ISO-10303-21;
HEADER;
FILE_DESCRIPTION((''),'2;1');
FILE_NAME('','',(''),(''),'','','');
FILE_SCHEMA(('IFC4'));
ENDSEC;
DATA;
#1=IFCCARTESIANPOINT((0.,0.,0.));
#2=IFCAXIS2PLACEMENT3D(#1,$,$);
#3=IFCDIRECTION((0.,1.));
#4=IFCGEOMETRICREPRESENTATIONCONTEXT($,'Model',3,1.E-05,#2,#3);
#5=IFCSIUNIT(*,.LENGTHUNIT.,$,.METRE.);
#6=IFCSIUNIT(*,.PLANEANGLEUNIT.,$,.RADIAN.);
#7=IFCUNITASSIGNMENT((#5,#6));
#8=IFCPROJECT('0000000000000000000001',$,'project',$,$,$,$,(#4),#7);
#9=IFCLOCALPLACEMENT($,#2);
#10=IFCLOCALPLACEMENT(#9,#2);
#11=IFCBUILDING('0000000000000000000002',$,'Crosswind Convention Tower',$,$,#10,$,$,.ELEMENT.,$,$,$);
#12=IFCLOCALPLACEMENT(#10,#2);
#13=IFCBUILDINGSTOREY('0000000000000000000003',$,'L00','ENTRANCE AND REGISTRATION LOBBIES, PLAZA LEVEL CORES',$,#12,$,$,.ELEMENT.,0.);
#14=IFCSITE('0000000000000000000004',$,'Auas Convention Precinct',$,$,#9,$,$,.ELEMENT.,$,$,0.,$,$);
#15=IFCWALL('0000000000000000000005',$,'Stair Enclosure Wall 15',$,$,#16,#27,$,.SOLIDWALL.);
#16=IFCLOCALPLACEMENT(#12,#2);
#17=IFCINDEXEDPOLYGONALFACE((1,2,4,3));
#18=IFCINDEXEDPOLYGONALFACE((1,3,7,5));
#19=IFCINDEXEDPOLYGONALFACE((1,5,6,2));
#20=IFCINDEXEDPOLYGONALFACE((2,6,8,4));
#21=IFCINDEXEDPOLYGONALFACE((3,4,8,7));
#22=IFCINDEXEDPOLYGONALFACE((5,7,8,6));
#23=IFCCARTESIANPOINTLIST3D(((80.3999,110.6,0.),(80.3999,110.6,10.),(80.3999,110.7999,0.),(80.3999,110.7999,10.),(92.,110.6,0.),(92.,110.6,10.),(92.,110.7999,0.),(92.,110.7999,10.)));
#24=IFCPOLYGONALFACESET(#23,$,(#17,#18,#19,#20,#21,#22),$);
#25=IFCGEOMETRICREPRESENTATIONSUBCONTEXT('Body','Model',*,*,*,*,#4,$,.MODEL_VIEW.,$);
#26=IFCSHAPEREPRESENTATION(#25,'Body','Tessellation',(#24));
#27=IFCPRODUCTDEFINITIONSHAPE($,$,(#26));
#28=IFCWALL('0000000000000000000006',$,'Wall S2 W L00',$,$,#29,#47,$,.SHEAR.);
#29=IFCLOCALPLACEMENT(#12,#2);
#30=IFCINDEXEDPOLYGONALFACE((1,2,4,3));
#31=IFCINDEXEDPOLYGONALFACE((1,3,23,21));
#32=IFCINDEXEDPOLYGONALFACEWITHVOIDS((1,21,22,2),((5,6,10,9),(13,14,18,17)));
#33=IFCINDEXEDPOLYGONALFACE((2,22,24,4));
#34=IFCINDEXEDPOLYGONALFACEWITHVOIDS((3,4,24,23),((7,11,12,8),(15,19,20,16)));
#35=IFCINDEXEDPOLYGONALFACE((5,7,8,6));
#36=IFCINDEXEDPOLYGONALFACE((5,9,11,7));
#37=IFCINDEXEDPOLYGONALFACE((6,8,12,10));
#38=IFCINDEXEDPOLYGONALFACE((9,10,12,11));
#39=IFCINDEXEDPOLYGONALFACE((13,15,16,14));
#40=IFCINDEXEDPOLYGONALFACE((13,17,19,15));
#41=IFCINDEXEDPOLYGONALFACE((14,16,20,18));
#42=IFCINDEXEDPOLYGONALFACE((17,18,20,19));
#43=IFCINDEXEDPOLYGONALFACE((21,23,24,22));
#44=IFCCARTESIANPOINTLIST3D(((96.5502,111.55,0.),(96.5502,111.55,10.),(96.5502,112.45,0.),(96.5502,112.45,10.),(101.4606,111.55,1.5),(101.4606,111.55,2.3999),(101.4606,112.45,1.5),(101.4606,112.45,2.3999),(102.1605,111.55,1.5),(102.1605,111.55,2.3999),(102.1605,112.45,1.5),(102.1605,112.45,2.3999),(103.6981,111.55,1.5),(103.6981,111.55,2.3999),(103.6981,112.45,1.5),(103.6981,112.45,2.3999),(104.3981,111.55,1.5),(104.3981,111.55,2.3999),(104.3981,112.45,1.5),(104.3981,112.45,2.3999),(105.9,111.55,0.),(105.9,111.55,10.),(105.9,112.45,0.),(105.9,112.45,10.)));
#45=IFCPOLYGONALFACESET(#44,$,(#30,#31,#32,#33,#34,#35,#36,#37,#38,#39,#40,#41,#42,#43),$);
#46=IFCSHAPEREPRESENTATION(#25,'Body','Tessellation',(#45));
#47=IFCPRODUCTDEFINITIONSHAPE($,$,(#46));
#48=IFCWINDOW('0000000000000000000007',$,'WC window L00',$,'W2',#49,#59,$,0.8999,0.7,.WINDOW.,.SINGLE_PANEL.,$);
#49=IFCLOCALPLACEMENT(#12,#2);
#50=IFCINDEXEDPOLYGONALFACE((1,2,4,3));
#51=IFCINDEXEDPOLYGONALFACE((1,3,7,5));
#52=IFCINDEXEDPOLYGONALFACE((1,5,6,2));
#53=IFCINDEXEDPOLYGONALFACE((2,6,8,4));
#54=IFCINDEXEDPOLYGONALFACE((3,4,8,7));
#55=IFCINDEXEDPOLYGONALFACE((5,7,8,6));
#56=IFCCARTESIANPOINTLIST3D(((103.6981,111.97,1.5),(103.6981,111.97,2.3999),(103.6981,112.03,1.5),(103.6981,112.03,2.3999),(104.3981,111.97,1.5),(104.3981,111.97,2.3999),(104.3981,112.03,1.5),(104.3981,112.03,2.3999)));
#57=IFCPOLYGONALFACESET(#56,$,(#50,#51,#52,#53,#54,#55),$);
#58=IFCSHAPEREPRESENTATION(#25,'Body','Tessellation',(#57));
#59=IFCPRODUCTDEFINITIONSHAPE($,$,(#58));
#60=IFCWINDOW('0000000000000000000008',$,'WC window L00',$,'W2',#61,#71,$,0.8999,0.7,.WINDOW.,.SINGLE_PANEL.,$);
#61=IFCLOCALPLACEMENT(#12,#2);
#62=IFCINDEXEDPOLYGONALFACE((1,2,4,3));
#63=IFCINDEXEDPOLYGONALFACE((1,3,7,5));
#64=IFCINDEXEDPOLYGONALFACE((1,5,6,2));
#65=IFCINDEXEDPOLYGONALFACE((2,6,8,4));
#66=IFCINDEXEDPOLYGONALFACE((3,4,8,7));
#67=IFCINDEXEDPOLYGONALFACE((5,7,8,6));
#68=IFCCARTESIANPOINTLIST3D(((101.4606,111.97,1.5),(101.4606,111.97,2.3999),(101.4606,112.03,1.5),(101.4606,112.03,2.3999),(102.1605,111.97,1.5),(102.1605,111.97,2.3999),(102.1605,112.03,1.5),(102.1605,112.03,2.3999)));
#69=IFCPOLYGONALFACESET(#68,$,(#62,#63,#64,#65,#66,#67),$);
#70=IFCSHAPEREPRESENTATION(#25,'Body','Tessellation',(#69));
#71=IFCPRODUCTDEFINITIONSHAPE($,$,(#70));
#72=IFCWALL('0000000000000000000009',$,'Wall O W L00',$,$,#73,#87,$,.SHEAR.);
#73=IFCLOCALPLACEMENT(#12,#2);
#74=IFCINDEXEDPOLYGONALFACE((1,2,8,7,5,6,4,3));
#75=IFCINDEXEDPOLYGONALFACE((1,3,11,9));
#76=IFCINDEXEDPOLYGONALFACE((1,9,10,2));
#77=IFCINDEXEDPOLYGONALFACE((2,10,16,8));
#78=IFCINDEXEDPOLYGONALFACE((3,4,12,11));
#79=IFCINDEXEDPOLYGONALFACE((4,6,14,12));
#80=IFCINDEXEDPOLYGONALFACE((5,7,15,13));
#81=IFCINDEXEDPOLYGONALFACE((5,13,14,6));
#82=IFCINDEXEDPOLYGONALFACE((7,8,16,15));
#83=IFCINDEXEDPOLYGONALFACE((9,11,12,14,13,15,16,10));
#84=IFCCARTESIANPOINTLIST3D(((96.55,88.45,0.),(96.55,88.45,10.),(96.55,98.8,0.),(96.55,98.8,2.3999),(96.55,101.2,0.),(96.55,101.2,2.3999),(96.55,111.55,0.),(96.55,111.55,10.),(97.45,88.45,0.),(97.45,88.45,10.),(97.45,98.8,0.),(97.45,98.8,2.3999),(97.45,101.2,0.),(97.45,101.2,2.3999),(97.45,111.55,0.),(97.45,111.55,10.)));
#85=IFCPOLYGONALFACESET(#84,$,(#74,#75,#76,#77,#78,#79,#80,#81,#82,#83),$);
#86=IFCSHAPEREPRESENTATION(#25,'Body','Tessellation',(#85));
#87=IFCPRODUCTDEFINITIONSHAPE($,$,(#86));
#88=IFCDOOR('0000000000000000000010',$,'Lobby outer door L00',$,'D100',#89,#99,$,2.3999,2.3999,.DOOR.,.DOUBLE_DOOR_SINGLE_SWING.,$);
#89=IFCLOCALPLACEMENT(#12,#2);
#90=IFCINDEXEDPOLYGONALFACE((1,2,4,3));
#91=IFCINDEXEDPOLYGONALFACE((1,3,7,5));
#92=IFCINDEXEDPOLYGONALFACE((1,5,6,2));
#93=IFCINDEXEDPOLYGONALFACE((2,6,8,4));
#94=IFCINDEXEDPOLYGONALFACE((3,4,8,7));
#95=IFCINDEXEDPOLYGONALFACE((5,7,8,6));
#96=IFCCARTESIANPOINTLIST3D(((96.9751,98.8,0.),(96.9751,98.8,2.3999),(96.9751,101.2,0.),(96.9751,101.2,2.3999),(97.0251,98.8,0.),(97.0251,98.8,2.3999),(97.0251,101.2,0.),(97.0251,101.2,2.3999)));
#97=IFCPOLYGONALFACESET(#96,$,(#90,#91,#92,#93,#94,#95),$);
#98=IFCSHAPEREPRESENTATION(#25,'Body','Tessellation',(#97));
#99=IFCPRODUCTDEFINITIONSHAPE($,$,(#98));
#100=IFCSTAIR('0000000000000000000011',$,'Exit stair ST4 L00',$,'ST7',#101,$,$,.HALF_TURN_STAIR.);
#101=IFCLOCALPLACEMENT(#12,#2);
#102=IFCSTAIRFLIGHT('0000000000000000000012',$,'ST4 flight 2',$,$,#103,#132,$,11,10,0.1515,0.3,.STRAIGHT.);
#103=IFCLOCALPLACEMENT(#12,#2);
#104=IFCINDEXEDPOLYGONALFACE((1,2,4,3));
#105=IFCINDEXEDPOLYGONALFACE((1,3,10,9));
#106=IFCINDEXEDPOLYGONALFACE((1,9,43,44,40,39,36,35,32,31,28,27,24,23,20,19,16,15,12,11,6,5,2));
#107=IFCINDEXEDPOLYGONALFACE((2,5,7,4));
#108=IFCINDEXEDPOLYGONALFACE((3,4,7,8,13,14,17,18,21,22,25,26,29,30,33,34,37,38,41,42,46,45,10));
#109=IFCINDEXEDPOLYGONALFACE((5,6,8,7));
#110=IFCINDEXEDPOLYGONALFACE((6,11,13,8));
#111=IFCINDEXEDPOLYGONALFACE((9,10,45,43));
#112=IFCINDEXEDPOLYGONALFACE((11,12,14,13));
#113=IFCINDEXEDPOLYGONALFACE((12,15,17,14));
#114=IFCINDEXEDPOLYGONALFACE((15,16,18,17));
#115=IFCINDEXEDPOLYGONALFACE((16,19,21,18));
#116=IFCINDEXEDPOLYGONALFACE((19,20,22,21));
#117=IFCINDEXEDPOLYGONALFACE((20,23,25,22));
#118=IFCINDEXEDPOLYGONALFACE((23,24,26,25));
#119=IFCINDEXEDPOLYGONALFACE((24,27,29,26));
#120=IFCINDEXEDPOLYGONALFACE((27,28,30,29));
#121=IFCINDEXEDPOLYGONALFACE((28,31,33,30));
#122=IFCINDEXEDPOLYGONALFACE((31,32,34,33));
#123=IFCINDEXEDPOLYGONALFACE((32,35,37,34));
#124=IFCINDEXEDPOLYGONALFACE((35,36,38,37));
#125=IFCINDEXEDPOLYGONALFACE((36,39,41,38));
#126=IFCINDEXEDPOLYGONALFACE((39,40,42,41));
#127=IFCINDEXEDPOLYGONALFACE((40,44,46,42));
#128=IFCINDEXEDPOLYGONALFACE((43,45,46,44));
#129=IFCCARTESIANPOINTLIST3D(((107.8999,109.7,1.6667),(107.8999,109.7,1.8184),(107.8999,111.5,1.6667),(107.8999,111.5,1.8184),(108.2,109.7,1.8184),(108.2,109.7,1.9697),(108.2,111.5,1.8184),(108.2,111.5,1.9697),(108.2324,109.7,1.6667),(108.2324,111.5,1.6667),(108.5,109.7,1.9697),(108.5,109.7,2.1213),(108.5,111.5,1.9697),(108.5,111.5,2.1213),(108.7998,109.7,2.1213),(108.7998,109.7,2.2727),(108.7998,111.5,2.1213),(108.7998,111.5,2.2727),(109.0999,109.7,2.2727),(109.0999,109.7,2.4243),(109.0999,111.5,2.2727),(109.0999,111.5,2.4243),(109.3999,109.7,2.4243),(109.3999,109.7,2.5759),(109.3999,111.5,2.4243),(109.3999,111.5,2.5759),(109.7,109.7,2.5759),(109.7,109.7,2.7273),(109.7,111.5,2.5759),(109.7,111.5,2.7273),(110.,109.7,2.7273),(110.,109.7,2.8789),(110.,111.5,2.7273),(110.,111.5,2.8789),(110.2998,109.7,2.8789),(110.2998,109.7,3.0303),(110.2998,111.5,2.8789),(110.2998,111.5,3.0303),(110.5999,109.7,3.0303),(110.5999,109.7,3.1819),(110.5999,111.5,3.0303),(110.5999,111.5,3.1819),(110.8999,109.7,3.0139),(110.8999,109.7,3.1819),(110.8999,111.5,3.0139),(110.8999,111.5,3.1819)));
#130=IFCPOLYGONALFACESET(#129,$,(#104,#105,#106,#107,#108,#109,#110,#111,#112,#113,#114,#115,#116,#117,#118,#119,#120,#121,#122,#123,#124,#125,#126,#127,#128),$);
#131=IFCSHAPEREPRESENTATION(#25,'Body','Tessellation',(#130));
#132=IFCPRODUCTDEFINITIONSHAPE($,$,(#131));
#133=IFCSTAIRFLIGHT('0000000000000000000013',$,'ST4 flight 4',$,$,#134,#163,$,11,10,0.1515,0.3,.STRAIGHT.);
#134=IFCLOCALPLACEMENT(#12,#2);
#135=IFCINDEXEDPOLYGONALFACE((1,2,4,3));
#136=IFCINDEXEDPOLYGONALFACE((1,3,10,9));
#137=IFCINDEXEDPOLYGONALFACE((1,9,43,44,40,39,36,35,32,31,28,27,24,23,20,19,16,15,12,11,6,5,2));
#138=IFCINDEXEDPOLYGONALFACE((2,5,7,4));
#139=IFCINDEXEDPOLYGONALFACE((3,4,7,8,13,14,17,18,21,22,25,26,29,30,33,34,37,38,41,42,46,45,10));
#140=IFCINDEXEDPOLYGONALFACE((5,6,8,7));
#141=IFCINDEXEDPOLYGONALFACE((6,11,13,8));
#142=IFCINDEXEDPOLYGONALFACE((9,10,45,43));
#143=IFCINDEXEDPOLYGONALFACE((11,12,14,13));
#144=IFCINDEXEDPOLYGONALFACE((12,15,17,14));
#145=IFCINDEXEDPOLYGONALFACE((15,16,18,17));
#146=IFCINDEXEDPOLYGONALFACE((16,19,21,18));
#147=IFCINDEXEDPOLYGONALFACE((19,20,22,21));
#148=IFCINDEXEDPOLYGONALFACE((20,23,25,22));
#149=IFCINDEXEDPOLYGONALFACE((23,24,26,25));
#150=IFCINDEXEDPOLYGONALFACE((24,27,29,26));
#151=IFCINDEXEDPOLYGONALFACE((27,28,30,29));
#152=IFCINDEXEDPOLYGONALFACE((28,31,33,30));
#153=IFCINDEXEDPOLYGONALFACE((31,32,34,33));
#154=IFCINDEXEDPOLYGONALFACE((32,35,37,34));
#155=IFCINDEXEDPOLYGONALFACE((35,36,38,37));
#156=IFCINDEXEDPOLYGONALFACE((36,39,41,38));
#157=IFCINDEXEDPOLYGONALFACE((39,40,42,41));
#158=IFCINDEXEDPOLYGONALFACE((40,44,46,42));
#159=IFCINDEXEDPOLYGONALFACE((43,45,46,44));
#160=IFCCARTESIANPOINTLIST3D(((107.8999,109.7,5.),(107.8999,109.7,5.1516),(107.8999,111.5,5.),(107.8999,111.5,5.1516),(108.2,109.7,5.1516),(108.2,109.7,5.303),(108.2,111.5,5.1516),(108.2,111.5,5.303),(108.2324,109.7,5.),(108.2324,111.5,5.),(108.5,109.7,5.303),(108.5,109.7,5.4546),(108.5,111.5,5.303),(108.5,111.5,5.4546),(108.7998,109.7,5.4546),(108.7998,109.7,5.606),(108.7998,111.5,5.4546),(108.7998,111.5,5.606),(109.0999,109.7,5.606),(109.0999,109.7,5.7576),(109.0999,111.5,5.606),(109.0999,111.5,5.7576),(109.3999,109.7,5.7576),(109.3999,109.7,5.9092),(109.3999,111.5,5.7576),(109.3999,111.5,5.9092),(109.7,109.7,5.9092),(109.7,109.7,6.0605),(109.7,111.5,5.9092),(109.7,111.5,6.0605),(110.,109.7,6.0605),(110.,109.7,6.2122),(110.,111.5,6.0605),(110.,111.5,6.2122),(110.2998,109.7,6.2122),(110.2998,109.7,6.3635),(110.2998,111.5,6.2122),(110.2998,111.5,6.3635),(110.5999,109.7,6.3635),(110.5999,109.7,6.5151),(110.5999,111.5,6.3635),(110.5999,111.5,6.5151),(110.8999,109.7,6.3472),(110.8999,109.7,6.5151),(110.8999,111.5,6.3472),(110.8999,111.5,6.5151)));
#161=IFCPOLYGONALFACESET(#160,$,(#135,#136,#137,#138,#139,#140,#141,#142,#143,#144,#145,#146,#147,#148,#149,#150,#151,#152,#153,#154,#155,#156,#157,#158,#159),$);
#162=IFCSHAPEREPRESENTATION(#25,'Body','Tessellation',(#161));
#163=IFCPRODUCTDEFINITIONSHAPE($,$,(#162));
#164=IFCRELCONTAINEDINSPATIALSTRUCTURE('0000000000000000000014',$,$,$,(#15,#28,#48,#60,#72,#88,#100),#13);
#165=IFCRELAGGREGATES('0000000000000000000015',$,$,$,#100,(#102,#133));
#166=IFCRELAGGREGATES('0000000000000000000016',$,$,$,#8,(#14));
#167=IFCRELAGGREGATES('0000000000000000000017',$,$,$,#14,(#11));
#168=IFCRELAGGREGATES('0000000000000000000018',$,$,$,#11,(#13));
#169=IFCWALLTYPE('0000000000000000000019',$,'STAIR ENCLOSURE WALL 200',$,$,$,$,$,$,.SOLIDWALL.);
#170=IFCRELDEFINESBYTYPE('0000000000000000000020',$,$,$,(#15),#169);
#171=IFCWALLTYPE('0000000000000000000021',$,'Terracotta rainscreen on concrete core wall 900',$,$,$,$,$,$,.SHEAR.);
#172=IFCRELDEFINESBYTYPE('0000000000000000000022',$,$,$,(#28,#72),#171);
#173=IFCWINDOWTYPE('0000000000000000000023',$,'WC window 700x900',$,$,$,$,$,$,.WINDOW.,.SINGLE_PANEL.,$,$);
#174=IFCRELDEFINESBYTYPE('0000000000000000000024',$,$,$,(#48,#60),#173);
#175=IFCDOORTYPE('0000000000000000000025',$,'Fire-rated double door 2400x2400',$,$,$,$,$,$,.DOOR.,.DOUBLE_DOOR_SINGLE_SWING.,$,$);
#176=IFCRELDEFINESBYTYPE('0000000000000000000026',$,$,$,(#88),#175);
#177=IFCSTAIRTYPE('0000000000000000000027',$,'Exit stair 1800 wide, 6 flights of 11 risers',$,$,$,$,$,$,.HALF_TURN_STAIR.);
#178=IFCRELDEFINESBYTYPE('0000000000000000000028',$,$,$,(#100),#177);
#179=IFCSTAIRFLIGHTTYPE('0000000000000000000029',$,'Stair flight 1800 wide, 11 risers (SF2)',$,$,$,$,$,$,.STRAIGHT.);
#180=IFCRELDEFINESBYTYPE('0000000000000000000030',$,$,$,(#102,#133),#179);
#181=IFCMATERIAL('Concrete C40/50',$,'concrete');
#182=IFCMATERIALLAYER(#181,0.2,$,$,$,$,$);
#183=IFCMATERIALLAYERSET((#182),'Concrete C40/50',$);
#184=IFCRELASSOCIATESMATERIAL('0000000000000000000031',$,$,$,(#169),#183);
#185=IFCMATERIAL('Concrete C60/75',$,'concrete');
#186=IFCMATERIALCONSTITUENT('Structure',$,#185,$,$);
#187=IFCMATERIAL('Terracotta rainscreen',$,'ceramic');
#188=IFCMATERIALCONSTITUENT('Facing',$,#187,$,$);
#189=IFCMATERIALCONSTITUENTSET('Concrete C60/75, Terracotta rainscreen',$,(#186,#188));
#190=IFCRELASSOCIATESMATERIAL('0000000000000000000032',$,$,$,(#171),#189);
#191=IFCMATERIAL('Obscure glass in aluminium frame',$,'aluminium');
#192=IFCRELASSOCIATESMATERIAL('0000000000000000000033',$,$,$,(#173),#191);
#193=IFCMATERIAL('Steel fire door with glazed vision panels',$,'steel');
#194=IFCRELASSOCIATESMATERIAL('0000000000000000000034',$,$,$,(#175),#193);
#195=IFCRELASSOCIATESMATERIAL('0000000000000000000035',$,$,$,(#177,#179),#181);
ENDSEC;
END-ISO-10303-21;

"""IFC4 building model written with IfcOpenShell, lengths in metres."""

from ifc_helpers import new_model, si_unit, direction, frame, frame_2d, origin, place, context, subcontext, project, spatial, polyline, rectangle, outline, extrude, material, layer, layer_set, constituent, constituent_set, type_object, element, fill, aggregate, save


model = new_model("IFC4")

# Units and contexts
model_context = context("Model", 3, precision=1e-05, world=origin(), true_north=direction((0.0, 1.0)))
body_context = subcontext(model_context, "Body", "Model", "MODEL_VIEW")
ifc_project = project(units=[si_unit("LENGTHUNIT", "METRE"), si_unit("PLANEANGLEUNIT", "RADIAN")], contexts=[model_context])

# Site, building, storey
site_placement = place(None, origin())
site = spatial("IfcSite", under=ifc_project, at=site_placement, Name="Auas Convention Precinct", CompositionType="ELEMENT", RefElevation=0.0)
building_placement = place(site_placement, origin())
building = spatial("IfcBuilding", under=site, at=building_placement, Name="Crosswind Convention Tower", CompositionType="ELEMENT")
storey_placement = place(building_placement, origin())
storey = spatial("IfcBuildingStorey", under=building, at=storey_placement, Name="L00", Description="ENTRANCE AND REGISTRATION LOBBIES, PLAZA LEVEL CORES", CompositionType="ELEMENT", Elevation=0.0)

# Shared definitions
ifc_material_1 = material(Name="Concrete C40/50", Category="concrete")

# Shared definitions
ifc_material_2 = material(Name="Concrete C60/75", Category="concrete")

# Wall
ifc_layer_1 = layer(ifc_material_1, 0.2)
ifc_layer_set_1 = layer_set([ifc_layer_1], Name="Concrete C40/50")
wall_type_1 = type_object("IfcWallType", Name="STAIR ENCLOSURE WALL 200", PredefinedType="SOLIDWALL", material=ifc_layer_set_1)
wall_1_placement = place(storey_placement, frame((80.3999, 110.7, 0.0), z_axis=(0.0, 0.0, 1.0), x_axis=(1.0, 0.0, 0.0)))
element("IfcWall", 1, at=wall_1_placement, inside=storey, type_object=wall_type_1, Name="Stair Enclosure Wall 15", PredefinedType="SOLIDWALL", context=body_context, shape_type="SweptSolid", body=[
    extrude(rectangle(XDim=11.6001, YDim=0.2, at=frame_2d((5.8, 0.0))), origin(), (0.0, 0.0, 1.0), 10.0),
])

# Wall, openings, windows
ifc_constituent_1 = constituent(ifc_material_2, Name="Structure")
ifc_material_3 = material(Name="Terracotta rainscreen", Category="ceramic")
ifc_constituent_2 = constituent(ifc_material_3, Name="Facing")
ifc_constituent_set = constituent_set(constituents=[ifc_constituent_1, ifc_constituent_2], Name="Concrete C60/75, Terracotta rainscreen")
wall_type_2 = type_object("IfcWallType", Name="Terracotta rainscreen on concrete core wall 900", PredefinedType="SHEAR", material=ifc_constituent_set)
wall_2_placement = place(storey_placement, frame((105.8999, 112.0, 0.0), z_axis=(0.0, 0.0, 1.0), x_axis=(-1.0, 0.0, 0.0)))
wall_2 = element("IfcWall", 2, at=wall_2_placement, inside=storey, type_object=wall_type_2, Name="Wall S2 W L00", PredefinedType="SHEAR", context=body_context, shape_type="SweptSolid", body=[
    extrude(rectangle(XDim=9.3499, YDim=0.8999, at=frame_2d((4.6748, 0.0))), origin(), (0.0, 0.0, 1.0), 10.0),
])
opening_1_placement = place(wall_2_placement, frame((1.5017, 0.0, 1.5)))
opening_1 = element("IfcOpeningElement", 3, at=opening_1_placement, cuts=wall_2, PredefinedType="OPENING", context=body_context, shape_type="SweptSolid", body=[
    extrude(rectangle(XDim=0.7, YDim=0.8999, at=frame_2d((0.3501, 0.45))), frame((0.0, 0.46, 0.0), z_axis=(0.0, -1.0, 0.0), x_axis=(1.0, 0.0, 0.0)), (0.0, 0.0, 1.0), 0.9199),
])
opening_2_placement = place(wall_2_placement, frame((3.7393, 0.0, 1.5)))
opening_2 = element("IfcOpeningElement", 4, at=opening_2_placement, cuts=wall_2, PredefinedType="OPENING", context=body_context, shape_type="SweptSolid", body=[
    extrude(rectangle(XDim=0.7, YDim=0.8999, at=frame_2d((0.3501, 0.45))), frame((0.0, 0.46, 0.0), z_axis=(0.0, -1.0, 0.0), x_axis=(1.0, 0.0, 0.0)), (0.0, 0.0, 1.0), 0.9199),
])
ifc_material_4 = material(Name="Obscure glass in aluminium frame", Category="aluminium")
window_type = type_object("IfcWindowType", Name="WC window 700x900", PartitioningType="SINGLE_PANEL", PredefinedType="WINDOW", material=ifc_material_4)
window_1_placement = place(opening_1_placement, origin())
window_1 = element("IfcWindow", 5, at=window_1_placement, inside=storey, type_object=window_type, Name="WC window L00", ObjectType="W2", OverallHeight=0.8999, OverallWidth=0.7, PartitioningType="SINGLE_PANEL", PredefinedType="WINDOW", context=body_context, shape_type="SweptSolid", body=[
    extrude(rectangle(XDim=0.7, YDim=0.8999, at=frame_2d((0.3501, 0.45))), frame((0.0, 0.03, 0.0), z_axis=(0.0, -1.0, 0.0), x_axis=(1.0, 0.0, 0.0)), (0.0, 0.0, 1.0), 0.0601),
])
fill(opening_1, window_1)
window_2_placement = place(opening_2_placement, origin())
window_2 = element("IfcWindow", 6, at=window_2_placement, inside=storey, type_object=window_type, Name="WC window L00", ObjectType="W2", OverallHeight=0.8999, OverallWidth=0.7, PartitioningType="SINGLE_PANEL", PredefinedType="WINDOW", context=body_context, shape_type="SweptSolid", body=[
    extrude(rectangle(XDim=0.7, YDim=0.8999, at=frame_2d((0.3501, 0.45))), frame((0.0, 0.03, 0.0), z_axis=(0.0, -1.0, 0.0), x_axis=(1.0, 0.0, 0.0)), (0.0, 0.0, 1.0), 0.0601),
])
fill(opening_2, window_2)

# Wall, opening, door
wall_3_placement = place(storey_placement, frame((97.0, 111.55, 0.0), z_axis=(0.0, 0.0, 1.0), x_axis=(0.0, -1.0, 0.0)))
wall_3 = element("IfcWall", 7, at=wall_3_placement, inside=storey, type_object=wall_type_2, Name="Wall O W L00", PredefinedType="SHEAR", context=body_context, shape_type="SweptSolid", body=[
    extrude(rectangle(XDim=23.1001, YDim=0.8999, at=frame_2d((11.55, 0.0))), origin(), (0.0, 0.0, 1.0), 10.0),
])
opening_3_placement = place(wall_3_placement, frame((10.3501, 0.0, 0.0)))
opening_3 = element("IfcOpeningElement", 8, at=opening_3_placement, cuts=wall_3, PredefinedType="OPENING", context=body_context, shape_type="SweptSolid", body=[
    extrude(rectangle(XDim=2.3999, YDim=2.3999, at=frame_2d((1.2, 1.2))), frame((0.0, 0.46, 0.0), z_axis=(0.0, -1.0, 0.0), x_axis=(1.0, 0.0, 0.0)), (0.0, 0.0, 1.0), 0.9199),
])
ifc_material_5 = material(Name="Steel fire door with glazed vision panels", Category="steel")
door_type = type_object("IfcDoorType", Name="Fire-rated double door 2400x2400", OperationType="DOUBLE_DOOR_SINGLE_SWING", PredefinedType="DOOR", material=ifc_material_5)
door_placement = place(opening_3_placement, frame((2.3999, 0.0, 0.0), z_axis=(0.0, 0.0, 1.0), x_axis=(-1.0, 0.0, 0.0)))
door = element("IfcDoor", 9, at=door_placement, inside=storey, type_object=door_type, Name="Lobby outer door L00", ObjectType="D100", OperationType="DOUBLE_DOOR_SINGLE_SWING", OverallHeight=2.3999, OverallWidth=2.3999, PredefinedType="DOOR", context=body_context, shape_type="SweptSolid", body=[
    extrude(rectangle(XDim=2.3999, YDim=2.3999, at=frame_2d((1.2, 1.2))), frame((0.0, 0.0249, 0.0), z_axis=(0.0, -1.0, 0.0), x_axis=(1.0, 0.0, 0.0)), (0.0, 0.0, 1.0), 0.05),
])
fill(opening_3, door)

# Stair, stair flights
stair_type = type_object("IfcStairType", Name="Exit stair 1800 wide, 6 flights of 11 risers", PredefinedType="HALF_TURN_STAIR", material=ifc_material_1)
stair_placement = place(storey_placement, origin())
stair = element("IfcStair", 10, at=stair_placement, inside=storey, type_object=stair_type, Name="Exit stair ST4 L00", ObjectType="ST7", PredefinedType="HALF_TURN_STAIR")
stair_flight_type = type_object("IfcStairFlightType", Name="Stair flight 1800 wide, 11 risers (SF2)", PredefinedType="STRAIGHT", material=ifc_material_1)
stair_flight_1_placement = place(storey_placement, frame((107.8999, 110.6001, 1.6667), z_axis=(0.0, 0.0, 1.0), x_axis=(1.0, 0.0, 0.0)))
stair_flight_1 = element("IfcStairFlight", 11, at=stair_flight_1_placement, type_object=stair_flight_type, Name="ST4 flight 2", NumberOfRisers=11, NumberOfTreads=10, PredefinedType="STRAIGHT", RiserHeight=0.1515, TreadLength=0.3, context=body_context, shape_type="SweptSolid", body=[
    extrude(outline(polyline([(0.0, 0.0), (0.0, 0.1516), (0.3, 0.1516), (0.3, 0.303), (0.6001, 0.303), (0.6001, 0.4546), (0.8999, 0.4546), (0.8999, 0.606), (1.2, 0.606), (1.2, 0.7576), (1.5, 0.7576), (1.5, 0.9092), (1.8, 0.9092), (1.8, 1.0605), (2.1001, 1.0605), (2.1001, 1.2122), (2.3999, 1.2122), (2.3999, 1.3635), (2.7, 1.3635), (2.7, 1.5151), (3.0, 1.5151), (3.0, 1.6667), (3.0, 1.3472), (0.3325, 0.0), (0.0, 0.0)])), frame((0.0, 0.8999, 0.0), z_axis=(0.0, -1.0, 0.0), x_axis=(1.0, 0.0, 0.0)), (0.0, 0.0, 1.0), 1.8),
])
stair_flight_2_placement = place(storey_placement, frame((107.8999, 110.6001, 5.0), z_axis=(0.0, 0.0, 1.0), x_axis=(1.0, 0.0, 0.0)))
stair_flight_2 = element("IfcStairFlight", 12, at=stair_flight_2_placement, type_object=stair_flight_type, Name="ST4 flight 4", NumberOfRisers=11, NumberOfTreads=10, PredefinedType="STRAIGHT", RiserHeight=0.1515, TreadLength=0.3, context=body_context, shape_type="SweptSolid", body=[
    extrude(outline(polyline([(0.0, 0.0), (0.0, 0.1516), (0.3, 0.1516), (0.3, 0.303), (0.6001, 0.303), (0.6001, 0.4546), (0.8999, 0.4546), (0.8999, 0.606), (1.2, 0.606), (1.2, 0.7576), (1.5, 0.7576), (1.5, 0.9092), (1.8, 0.9092), (1.8, 1.0605), (2.1001, 1.0605), (2.1001, 1.2122), (2.3999, 1.2122), (2.3999, 1.3635), (2.7, 1.3635), (2.7, 1.5151), (3.0, 1.5151), (3.0, 1.6667), (3.0, 1.3472), (0.3325, 0.0), (0.0, 0.0)])), frame((0.0, 0.8999, 0.0), z_axis=(0.0, -1.0, 0.0), x_axis=(1.0, 0.0, 0.0)), (0.0, 0.0, 1.0), 1.8),
])
aggregate(stair, [stair_flight_1, stair_flight_2])

save(model, "model.ifc")
